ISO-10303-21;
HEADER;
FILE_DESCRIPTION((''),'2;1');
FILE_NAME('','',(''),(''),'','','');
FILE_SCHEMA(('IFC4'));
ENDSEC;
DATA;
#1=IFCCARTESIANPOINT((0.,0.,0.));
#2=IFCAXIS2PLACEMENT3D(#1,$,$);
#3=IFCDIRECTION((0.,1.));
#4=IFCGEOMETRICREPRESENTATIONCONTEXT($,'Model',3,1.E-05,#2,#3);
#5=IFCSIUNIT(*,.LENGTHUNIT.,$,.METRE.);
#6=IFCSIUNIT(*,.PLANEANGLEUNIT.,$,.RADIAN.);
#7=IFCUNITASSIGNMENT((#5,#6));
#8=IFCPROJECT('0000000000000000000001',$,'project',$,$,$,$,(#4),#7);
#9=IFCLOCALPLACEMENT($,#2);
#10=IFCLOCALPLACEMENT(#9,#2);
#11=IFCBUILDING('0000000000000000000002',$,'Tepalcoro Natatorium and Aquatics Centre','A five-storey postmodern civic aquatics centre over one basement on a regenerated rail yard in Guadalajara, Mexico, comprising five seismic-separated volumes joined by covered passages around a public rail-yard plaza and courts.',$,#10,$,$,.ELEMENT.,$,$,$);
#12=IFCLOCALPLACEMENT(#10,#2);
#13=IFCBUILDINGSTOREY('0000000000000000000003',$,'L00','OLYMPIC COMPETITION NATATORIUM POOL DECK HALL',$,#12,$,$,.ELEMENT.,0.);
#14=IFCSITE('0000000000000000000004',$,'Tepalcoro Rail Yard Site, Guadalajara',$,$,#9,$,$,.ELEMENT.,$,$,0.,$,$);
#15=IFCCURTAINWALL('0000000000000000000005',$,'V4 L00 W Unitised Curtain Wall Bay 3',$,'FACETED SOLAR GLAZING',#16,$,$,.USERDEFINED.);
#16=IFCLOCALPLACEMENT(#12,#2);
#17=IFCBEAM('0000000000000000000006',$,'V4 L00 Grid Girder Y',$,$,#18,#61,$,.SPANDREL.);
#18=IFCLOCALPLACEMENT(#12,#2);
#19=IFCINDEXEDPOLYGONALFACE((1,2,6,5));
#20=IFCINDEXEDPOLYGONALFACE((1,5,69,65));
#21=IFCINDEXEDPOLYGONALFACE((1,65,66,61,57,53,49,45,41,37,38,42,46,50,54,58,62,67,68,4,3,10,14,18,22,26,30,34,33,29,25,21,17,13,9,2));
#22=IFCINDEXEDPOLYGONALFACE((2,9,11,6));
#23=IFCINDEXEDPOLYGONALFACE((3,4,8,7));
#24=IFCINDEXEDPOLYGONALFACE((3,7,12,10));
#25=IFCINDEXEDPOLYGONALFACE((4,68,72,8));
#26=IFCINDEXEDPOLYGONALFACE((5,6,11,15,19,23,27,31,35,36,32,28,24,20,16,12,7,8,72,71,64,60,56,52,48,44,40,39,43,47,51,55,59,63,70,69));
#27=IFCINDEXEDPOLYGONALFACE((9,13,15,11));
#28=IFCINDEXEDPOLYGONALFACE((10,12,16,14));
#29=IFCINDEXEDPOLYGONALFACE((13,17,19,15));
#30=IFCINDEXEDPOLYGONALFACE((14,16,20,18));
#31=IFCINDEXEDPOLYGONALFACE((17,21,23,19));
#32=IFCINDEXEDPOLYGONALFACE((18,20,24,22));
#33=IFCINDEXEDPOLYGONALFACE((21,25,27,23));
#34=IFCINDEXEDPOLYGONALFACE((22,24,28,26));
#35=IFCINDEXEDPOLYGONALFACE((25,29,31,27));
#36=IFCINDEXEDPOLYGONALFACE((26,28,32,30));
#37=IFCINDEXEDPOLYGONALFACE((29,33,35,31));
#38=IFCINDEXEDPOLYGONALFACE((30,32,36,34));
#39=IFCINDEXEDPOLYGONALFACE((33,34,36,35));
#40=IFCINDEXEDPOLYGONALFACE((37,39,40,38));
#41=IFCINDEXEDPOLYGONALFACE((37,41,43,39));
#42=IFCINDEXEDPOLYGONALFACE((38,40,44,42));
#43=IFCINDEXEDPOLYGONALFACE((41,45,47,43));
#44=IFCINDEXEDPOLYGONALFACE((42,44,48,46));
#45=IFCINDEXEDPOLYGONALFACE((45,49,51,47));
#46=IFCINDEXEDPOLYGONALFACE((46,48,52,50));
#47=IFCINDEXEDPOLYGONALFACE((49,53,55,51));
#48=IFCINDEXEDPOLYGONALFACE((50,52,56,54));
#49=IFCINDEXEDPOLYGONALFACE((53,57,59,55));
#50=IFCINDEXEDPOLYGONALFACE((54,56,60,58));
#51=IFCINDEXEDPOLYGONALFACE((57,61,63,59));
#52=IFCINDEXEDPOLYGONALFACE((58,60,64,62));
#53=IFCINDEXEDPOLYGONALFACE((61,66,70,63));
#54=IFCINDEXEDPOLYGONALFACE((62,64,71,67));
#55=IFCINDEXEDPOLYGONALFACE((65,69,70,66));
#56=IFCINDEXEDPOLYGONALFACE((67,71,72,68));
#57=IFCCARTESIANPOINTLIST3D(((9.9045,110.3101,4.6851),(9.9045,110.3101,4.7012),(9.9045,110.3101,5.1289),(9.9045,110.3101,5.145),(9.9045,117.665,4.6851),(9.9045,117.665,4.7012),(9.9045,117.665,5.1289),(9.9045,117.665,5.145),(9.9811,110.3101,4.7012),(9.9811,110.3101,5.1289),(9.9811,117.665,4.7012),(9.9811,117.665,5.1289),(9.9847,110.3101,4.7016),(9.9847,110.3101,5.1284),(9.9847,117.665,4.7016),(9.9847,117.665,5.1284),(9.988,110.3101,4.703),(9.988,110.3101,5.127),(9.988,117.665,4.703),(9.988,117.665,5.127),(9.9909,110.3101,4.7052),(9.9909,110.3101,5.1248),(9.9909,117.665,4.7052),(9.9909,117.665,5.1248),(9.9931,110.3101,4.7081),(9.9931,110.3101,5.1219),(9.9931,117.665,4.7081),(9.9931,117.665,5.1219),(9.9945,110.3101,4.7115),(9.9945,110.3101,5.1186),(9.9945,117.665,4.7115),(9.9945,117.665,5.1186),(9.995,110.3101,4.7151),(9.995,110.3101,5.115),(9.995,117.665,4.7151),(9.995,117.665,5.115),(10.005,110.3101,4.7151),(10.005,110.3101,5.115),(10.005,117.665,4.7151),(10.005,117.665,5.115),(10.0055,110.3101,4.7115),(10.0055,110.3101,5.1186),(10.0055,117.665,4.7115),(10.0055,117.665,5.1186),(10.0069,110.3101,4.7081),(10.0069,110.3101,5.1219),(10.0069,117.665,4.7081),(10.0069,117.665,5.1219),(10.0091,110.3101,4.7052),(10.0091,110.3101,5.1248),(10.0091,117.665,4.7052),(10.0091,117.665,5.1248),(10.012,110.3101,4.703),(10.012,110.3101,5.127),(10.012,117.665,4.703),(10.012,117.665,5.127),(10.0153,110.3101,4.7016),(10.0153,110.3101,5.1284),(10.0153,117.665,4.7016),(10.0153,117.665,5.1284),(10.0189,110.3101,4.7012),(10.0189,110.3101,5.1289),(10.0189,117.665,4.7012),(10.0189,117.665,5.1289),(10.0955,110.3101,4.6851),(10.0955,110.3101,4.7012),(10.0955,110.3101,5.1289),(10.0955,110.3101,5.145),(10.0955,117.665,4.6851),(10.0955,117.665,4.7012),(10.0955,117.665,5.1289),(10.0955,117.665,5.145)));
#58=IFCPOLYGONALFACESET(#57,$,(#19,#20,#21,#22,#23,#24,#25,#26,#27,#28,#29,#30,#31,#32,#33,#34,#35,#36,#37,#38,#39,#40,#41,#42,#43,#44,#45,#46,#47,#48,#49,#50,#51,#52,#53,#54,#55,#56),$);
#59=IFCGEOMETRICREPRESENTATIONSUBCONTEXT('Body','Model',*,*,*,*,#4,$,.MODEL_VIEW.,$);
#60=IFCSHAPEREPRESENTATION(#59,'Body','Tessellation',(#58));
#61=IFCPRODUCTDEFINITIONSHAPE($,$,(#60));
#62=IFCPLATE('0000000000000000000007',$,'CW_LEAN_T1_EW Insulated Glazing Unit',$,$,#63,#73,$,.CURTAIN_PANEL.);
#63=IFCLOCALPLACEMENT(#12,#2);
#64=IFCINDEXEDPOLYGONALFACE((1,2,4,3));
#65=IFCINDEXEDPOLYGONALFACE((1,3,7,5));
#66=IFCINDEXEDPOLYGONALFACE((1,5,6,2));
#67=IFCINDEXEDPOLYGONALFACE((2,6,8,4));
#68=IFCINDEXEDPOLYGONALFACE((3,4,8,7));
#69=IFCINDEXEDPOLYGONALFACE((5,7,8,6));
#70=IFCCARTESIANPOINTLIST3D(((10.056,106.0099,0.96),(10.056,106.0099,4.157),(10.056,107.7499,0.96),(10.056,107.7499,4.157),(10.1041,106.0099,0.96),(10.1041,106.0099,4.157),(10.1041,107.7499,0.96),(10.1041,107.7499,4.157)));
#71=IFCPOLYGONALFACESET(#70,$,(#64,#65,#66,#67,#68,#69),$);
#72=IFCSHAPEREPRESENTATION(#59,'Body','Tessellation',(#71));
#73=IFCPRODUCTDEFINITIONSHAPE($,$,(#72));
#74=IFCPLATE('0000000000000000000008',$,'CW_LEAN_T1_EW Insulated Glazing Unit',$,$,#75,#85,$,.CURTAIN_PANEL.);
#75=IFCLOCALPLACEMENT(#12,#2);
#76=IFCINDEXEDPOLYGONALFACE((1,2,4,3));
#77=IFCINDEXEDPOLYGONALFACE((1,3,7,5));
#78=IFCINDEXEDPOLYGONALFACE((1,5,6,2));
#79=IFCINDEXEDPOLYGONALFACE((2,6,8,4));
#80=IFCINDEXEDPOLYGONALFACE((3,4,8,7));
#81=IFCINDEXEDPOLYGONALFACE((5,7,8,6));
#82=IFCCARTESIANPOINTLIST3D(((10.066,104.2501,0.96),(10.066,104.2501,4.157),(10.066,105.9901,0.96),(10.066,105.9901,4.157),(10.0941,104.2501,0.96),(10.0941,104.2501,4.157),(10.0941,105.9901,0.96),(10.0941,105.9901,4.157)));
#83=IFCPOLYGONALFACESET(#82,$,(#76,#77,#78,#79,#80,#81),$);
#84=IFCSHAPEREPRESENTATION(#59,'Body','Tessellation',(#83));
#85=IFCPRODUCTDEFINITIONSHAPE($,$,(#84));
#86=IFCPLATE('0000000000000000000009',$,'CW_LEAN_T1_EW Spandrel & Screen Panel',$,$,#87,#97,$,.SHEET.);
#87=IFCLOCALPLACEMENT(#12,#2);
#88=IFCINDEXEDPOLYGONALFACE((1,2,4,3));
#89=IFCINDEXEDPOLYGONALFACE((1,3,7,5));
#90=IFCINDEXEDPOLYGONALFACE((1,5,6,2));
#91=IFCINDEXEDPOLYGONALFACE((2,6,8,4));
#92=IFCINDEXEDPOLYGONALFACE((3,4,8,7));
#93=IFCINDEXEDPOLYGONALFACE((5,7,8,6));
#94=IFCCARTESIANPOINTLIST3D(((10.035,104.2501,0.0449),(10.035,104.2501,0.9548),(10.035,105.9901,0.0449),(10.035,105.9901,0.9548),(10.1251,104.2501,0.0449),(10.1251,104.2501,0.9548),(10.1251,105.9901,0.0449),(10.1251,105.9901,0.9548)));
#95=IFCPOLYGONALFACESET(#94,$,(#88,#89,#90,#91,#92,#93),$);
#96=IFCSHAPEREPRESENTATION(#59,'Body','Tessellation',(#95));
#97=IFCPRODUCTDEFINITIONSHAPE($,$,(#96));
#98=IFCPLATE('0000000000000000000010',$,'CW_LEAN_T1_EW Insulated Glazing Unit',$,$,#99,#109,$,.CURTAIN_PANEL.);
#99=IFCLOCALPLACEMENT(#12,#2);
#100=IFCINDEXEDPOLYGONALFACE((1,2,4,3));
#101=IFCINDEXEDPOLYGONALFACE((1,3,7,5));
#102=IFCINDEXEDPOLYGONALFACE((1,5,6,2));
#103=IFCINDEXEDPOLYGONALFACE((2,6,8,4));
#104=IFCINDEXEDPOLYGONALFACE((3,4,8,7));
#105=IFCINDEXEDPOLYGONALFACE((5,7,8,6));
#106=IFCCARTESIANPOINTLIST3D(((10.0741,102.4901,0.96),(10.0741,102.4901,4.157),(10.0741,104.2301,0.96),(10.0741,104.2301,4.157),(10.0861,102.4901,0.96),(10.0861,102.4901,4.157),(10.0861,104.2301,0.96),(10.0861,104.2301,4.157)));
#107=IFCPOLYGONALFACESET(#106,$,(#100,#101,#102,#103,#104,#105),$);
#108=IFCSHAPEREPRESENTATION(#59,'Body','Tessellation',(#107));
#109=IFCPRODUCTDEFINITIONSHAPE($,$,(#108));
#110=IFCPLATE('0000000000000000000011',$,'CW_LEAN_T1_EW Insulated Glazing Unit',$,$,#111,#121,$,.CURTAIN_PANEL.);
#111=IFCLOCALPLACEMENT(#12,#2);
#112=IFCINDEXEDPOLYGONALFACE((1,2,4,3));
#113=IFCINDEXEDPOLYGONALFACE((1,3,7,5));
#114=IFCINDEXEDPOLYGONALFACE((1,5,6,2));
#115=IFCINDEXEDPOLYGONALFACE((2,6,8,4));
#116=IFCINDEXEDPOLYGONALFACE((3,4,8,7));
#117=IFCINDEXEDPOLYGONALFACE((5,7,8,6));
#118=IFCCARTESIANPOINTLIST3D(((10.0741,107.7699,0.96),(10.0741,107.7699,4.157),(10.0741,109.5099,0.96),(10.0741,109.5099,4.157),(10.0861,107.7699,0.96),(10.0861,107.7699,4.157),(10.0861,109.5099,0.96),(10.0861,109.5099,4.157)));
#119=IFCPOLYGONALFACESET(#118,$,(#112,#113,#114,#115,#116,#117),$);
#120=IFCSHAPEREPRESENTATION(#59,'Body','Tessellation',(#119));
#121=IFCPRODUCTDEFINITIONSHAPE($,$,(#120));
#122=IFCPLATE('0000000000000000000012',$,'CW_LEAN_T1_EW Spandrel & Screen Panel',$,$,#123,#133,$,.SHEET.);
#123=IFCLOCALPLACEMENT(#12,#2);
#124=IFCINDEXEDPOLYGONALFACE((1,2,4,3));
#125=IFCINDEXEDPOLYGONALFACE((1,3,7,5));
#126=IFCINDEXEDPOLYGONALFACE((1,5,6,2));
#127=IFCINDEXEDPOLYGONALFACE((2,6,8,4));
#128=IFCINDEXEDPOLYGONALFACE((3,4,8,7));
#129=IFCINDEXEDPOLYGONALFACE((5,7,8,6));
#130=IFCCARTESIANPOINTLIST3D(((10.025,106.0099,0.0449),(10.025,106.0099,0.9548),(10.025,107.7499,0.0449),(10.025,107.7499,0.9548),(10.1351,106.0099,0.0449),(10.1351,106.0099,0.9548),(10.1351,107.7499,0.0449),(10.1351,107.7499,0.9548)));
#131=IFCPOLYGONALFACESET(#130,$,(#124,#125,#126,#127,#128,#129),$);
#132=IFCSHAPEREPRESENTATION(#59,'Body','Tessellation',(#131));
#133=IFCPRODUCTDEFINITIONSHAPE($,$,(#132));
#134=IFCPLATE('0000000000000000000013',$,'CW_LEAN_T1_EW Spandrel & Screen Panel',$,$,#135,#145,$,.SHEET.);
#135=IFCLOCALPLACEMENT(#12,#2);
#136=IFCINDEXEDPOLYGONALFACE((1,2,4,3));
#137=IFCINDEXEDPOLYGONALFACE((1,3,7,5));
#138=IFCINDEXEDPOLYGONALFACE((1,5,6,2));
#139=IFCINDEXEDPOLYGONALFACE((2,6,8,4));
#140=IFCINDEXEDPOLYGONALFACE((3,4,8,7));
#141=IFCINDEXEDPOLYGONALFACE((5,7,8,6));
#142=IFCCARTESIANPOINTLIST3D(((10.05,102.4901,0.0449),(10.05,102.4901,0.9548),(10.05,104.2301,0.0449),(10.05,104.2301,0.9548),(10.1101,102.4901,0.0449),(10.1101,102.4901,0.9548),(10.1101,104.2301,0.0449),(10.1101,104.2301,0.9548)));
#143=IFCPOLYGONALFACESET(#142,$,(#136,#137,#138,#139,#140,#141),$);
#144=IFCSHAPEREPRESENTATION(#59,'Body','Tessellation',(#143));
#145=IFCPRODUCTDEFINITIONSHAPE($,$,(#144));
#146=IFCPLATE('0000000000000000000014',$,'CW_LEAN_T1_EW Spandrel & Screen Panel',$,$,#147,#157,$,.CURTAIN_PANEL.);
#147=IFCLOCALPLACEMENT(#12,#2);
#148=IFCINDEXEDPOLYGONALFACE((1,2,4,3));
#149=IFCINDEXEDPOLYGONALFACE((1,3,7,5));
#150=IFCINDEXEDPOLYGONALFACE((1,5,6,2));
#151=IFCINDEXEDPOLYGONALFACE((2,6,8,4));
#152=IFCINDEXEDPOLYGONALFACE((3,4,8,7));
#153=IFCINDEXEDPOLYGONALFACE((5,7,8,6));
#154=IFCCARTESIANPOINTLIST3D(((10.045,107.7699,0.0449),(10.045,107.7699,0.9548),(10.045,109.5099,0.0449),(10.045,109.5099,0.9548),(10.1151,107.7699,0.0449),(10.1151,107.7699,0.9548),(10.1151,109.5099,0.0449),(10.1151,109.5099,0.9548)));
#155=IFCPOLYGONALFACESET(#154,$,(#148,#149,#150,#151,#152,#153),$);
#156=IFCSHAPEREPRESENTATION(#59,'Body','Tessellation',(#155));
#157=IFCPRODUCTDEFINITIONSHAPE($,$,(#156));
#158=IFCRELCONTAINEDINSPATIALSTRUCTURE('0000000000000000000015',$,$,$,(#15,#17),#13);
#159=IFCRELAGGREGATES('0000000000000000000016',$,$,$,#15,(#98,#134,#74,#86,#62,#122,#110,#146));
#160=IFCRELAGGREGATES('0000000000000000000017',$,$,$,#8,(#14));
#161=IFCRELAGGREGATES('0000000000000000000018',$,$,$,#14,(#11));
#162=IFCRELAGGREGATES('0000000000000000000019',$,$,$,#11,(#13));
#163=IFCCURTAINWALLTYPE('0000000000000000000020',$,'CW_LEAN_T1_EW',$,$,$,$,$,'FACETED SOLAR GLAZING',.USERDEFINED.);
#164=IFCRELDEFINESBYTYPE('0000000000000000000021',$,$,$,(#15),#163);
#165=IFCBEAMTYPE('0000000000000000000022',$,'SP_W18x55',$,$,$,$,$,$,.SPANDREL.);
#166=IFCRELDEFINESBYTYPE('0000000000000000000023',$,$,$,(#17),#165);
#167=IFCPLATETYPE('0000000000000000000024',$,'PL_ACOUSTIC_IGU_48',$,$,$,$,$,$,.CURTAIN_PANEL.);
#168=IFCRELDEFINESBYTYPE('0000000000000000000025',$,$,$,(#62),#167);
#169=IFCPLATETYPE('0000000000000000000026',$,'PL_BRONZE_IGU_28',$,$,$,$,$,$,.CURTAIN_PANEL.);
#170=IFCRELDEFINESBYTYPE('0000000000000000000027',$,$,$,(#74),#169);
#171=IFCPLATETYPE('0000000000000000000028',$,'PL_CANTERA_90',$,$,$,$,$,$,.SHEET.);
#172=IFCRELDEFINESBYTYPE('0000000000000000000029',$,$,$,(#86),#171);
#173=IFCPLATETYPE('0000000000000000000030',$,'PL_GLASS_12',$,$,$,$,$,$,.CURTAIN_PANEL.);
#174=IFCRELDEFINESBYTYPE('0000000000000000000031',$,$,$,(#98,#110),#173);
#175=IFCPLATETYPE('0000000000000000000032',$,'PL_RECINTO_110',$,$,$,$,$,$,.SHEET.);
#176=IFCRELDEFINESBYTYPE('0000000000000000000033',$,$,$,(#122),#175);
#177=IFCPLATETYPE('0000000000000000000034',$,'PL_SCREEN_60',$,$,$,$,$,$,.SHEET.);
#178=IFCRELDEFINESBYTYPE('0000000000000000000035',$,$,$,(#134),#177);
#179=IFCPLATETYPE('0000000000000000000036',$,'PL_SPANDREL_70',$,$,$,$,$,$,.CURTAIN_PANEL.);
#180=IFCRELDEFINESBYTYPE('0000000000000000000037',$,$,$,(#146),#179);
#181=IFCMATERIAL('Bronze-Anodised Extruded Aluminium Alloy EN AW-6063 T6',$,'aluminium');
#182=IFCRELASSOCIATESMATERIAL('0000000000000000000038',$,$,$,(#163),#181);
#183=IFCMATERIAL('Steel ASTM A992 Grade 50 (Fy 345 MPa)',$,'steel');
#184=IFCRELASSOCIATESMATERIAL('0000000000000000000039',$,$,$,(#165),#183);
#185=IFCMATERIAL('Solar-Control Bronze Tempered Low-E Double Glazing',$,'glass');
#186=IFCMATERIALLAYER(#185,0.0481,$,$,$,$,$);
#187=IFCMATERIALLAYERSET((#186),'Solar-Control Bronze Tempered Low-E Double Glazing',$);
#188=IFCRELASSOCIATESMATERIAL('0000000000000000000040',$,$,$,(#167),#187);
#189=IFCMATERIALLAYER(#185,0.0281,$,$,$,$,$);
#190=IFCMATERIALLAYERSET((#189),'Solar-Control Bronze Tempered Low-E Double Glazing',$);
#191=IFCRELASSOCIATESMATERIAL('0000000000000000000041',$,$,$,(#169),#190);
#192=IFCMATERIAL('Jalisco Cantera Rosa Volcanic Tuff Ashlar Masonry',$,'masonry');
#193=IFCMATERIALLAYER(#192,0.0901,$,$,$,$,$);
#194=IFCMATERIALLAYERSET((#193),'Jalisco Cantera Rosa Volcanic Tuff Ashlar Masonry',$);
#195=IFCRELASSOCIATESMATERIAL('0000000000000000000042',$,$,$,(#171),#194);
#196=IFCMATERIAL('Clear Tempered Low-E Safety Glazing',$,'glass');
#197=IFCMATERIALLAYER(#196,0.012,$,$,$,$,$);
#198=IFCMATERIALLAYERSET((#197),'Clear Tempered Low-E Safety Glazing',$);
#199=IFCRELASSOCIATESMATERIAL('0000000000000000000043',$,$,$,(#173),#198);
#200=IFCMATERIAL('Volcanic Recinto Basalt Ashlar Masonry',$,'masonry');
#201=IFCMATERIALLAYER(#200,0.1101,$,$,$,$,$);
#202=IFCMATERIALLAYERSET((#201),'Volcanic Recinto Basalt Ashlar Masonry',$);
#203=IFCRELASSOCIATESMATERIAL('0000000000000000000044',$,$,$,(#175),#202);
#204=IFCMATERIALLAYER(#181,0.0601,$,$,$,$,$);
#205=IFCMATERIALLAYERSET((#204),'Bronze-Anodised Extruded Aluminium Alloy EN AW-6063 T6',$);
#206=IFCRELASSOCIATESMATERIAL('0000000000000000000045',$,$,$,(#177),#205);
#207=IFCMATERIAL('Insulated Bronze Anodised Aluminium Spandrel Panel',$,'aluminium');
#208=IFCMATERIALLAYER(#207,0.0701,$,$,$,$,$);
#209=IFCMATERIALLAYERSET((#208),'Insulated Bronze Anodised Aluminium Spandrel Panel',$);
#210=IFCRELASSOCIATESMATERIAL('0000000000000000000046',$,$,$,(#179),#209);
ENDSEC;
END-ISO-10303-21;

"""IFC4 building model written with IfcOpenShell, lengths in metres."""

from ifc_helpers import new_model, si_unit, direction, frame, origin, origin_2d, place, context, subcontext, project, spatial, rectangle, i_section, extrude, material, layer, layer_set, material_profile, profile_set, type_object, element, aggregate, save


model = new_model("IFC4")

# Units and contexts
model_context = context("Model", 3, precision=1e-05, world=origin(), true_north=direction((0.0, 1.0)))
body_context = subcontext(model_context, "Body", "Model", "MODEL_VIEW")
ifc_project = project(units=[si_unit("LENGTHUNIT", "METRE"), si_unit("PLANEANGLEUNIT", "RADIAN")], contexts=[model_context])

# Site, building, storey
site_placement = place(None, origin())
site = spatial("IfcSite", under=ifc_project, at=site_placement, Name="Tepalcoro Rail Yard Site, Guadalajara", CompositionType="ELEMENT", RefElevation=0.0)
building_placement = place(site_placement, origin())
building = spatial("IfcBuilding", under=site, at=building_placement, Name="Tepalcoro Natatorium and Aquatics Centre", Description="A five-storey postmodern civic aquatics centre over one basement on a regenerated rail yard in Guadalajara, Mexico, comprising five seismic-separated volumes joined by covered passages around a public rail-yard plaza and courts.", CompositionType="ELEMENT")
storey_placement = place(building_placement, origin())
storey = spatial("IfcBuildingStorey", under=building, at=storey_placement, Name="L00", Description="OLYMPIC COMPETITION NATATORIUM POOL DECK HALL", CompositionType="ELEMENT", Elevation=0.0)

# Shared definitions
ifc_material_1 = material(Name="Steel ASTM A992 Grade 50 (Fy 345 MPa)", Category="steel")

# Curtain wall
ifc_material_2 = material(Name="Bronze-Anodised Extruded Aluminium Alloy EN AW-6063 T6", Category="aluminium")
curtain_wall_type = type_object("IfcCurtainWallType", Name="CW_LEAN_T1_EW", ElementType="FACETED SOLAR GLAZING", PredefinedType="USERDEFINED", material=ifc_material_2)
curtain_wall_placement = place(storey_placement, origin())
curtain_wall = element("IfcCurtainWall", 1, at=curtain_wall_placement, inside=storey, type_object=curtain_wall_type, Name="V4 L00 W Unitised Curtain Wall Bay 3", ObjectType="FACETED SOLAR GLAZING", PredefinedType="USERDEFINED")

# Beam
ifc_material_profile_1 = material_profile(ifc_material_1, i_section(OverallWidth=0.1909, OverallDepth=0.46, WebThickness=0.01, FlangeThickness=0.0161, FilletRadius=0.0139, at=origin_2d()), Name="W18X55")
ifc_profile_set_1 = profile_set([ifc_material_profile_1], Name="Steel ASTM A992 Grade 50 (Fy 345 MPa)")
beam_type_1 = type_object("IfcBeamType", Name="SP_W18x55", PredefinedType="SPANDREL", material=ifc_profile_set_1)
beam_1_placement = place(storey_placement, frame((10.0, 110.3101, 4.915), z_axis=(0.0, 1.0, 0.0), x_axis=(-1.0, 0.0, 0.0)))
element("IfcBeam", 2, at=beam_1_placement, inside=storey, type_object=beam_type_1, Name="V4 L00 Grid Girder Y", PredefinedType="SPANDREL", context=body_context, shape_type="SweptSolid", body=[
    extrude(i_section(OverallWidth=0.1909, OverallDepth=0.46, WebThickness=0.01, FlangeThickness=0.0161, FilletRadius=0.0139, at=origin_2d()), origin(), (0.0, 0.0, 1.0), 7.355),
])

# Plates
ifc_material_3 = material(Name="Solar-Control Bronze Tempered Low-E Double Glazing", Category="glass")
ifc_layer_1 = layer(ifc_material_3, 0.0481)
ifc_layer_set_1 = layer_set([ifc_layer_1], Name="Solar-Control Bronze Tempered Low-E Double Glazing")
plate_type_1 = type_object("IfcPlateType", Name="PL_ACOUSTIC_IGU_48", PredefinedType="CURTAIN_PANEL", material=ifc_layer_set_1)
plate_1_placement = place(storey_placement, frame((10.0801, 106.8799, 0.96), z_axis=(0.0, 0.0, 1.0), x_axis=(1.0, 0.0, 0.0)))
plate_1 = element("IfcPlate", 3, at=plate_1_placement, type_object=plate_type_1, Name="CW_LEAN_T1_EW Insulated Glazing Unit", PredefinedType="CURTAIN_PANEL", context=body_context, shape_type="SweptSolid", body=[
    extrude(rectangle(XDim=0.0481, YDim=1.74, at=origin_2d()), origin(), (0.0, 0.0, 1.0), 3.197),
])
ifc_layer_2 = layer(ifc_material_3, 0.0281)
ifc_layer_set_2 = layer_set([ifc_layer_2], Name="Solar-Control Bronze Tempered Low-E Double Glazing")
plate_type_2 = type_object("IfcPlateType", Name="PL_BRONZE_IGU_28", PredefinedType="CURTAIN_PANEL", material=ifc_layer_set_2)
plate_2_placement = place(storey_placement, frame((10.0801, 105.1201, 0.96), z_axis=(0.0, 0.0, 1.0), x_axis=(1.0, 0.0, 0.0)))
plate_2 = element("IfcPlate", 4, at=plate_2_placement, type_object=plate_type_2, Name="CW_LEAN_T1_EW Insulated Glazing Unit", PredefinedType="CURTAIN_PANEL", context=body_context, shape_type="SweptSolid", body=[
    extrude(rectangle(XDim=0.0281, YDim=1.74, at=origin_2d()), origin(), (0.0, 0.0, 1.0), 3.197),
])
ifc_material_4 = material(Name="Jalisco Cantera Rosa Volcanic Tuff Ashlar Masonry", Category="masonry")
ifc_layer_3 = layer(ifc_material_4, 0.0901)
ifc_layer_set_3 = layer_set([ifc_layer_3], Name="Jalisco Cantera Rosa Volcanic Tuff Ashlar Masonry")
plate_type_3 = type_object("IfcPlateType", Name="PL_CANTERA_90", PredefinedType="SHEET", material=ifc_layer_set_3)
plate_3_placement = place(storey_placement, frame((10.0801, 105.1201, 0.0449), z_axis=(0.0, 0.0, 1.0), x_axis=(1.0, 0.0, 0.0)))
plate_3 = element("IfcPlate", 5, at=plate_3_placement, type_object=plate_type_3, Name="CW_LEAN_T1_EW Spandrel & Screen Panel", PredefinedType="SHEET", context=body_context, shape_type="SweptSolid", body=[
    extrude(rectangle(XDim=0.0901, YDim=1.74, at=origin_2d()), origin(), (0.0, 0.0, 1.0), 0.9099),
])
ifc_material_5 = material(Name="Clear Tempered Low-E Safety Glazing", Category="glass")
ifc_layer_4 = layer(ifc_material_5, 0.012)
ifc_layer_set_4 = layer_set([ifc_layer_4], Name="Clear Tempered Low-E Safety Glazing")
plate_type_4 = type_object("IfcPlateType", Name="PL_GLASS_12", PredefinedType="CURTAIN_PANEL", material=ifc_layer_set_4)
plate_4_placement = place(storey_placement, frame((10.0801, 103.3601, 0.96), z_axis=(0.0, 0.0, 1.0), x_axis=(1.0, 0.0, 0.0)))
plate_4 = element("IfcPlate", 6, at=plate_4_placement, type_object=plate_type_4, Name="CW_LEAN_T1_EW Insulated Glazing Unit", PredefinedType="CURTAIN_PANEL", context=body_context, shape_type="SweptSolid", body=[
    extrude(rectangle(XDim=0.012, YDim=1.74, at=origin_2d()), origin(), (0.0, 0.0, 1.0), 3.197),
])
plate_5_placement = place(storey_placement, frame((10.0801, 108.6399, 0.96), z_axis=(0.0, 0.0, 1.0), x_axis=(1.0, 0.0, 0.0)))
plate_5 = element("IfcPlate", 7, at=plate_5_placement, type_object=plate_type_4, Name="CW_LEAN_T1_EW Insulated Glazing Unit", PredefinedType="CURTAIN_PANEL", context=body_context, shape_type="SweptSolid", body=[
    extrude(rectangle(XDim=0.012, YDim=1.74, at=origin_2d()), origin(), (0.0, 0.0, 1.0), 3.197),
])
ifc_material_6 = material(Name="Volcanic Recinto Basalt Ashlar Masonry", Category="masonry")
ifc_layer_5 = layer(ifc_material_6, 0.1101)
ifc_layer_set_5 = layer_set([ifc_layer_5], Name="Volcanic Recinto Basalt Ashlar Masonry")
plate_type_5 = type_object("IfcPlateType", Name="PL_RECINTO_110", PredefinedType="SHEET", material=ifc_layer_set_5)
plate_6_placement = place(storey_placement, frame((10.0801, 106.8799, 0.0449), z_axis=(0.0, 0.0, 1.0), x_axis=(1.0, 0.0, 0.0)))
plate_6 = element("IfcPlate", 8, at=plate_6_placement, type_object=plate_type_5, Name="CW_LEAN_T1_EW Spandrel & Screen Panel", PredefinedType="SHEET", context=body_context, shape_type="SweptSolid", body=[
    extrude(rectangle(XDim=0.1101, YDim=1.74, at=origin_2d()), origin(), (0.0, 0.0, 1.0), 0.9099),
])
ifc_layer_6 = layer(ifc_material_2, 0.0601)
ifc_layer_set_6 = layer_set([ifc_layer_6], Name="Bronze-Anodised Extruded Aluminium Alloy EN AW-6063 T6")
plate_type_6 = type_object("IfcPlateType", Name="PL_SCREEN_60", PredefinedType="SHEET", material=ifc_layer_set_6)
plate_7_placement = place(storey_placement, frame((10.0801, 103.3601, 0.0449), z_axis=(0.0, 0.0, 1.0), x_axis=(1.0, 0.0, 0.0)))
plate_7 = element("IfcPlate", 9, at=plate_7_placement, type_object=plate_type_6, Name="CW_LEAN_T1_EW Spandrel & Screen Panel", PredefinedType="SHEET", context=body_context, shape_type="SweptSolid", body=[
    extrude(rectangle(XDim=0.0601, YDim=1.74, at=origin_2d()), origin(), (0.0, 0.0, 1.0), 0.9099),
])
ifc_material_7 = material(Name="Insulated Bronze Anodised Aluminium Spandrel Panel", Category="aluminium")
ifc_layer_7 = layer(ifc_material_7, 0.0701)
ifc_layer_set_7 = layer_set([ifc_layer_7], Name="Insulated Bronze Anodised Aluminium Spandrel Panel")
plate_type_7 = type_object("IfcPlateType", Name="PL_SPANDREL_70", PredefinedType="CURTAIN_PANEL", material=ifc_layer_set_7)
plate_8_placement = place(storey_placement, frame((10.0801, 108.6399, 0.0449), z_axis=(0.0, 0.0, 1.0), x_axis=(1.0, 0.0, 0.0)))
plate_8 = element("IfcPlate", 10, at=plate_8_placement, type_object=plate_type_7, Name="CW_LEAN_T1_EW Spandrel & Screen Panel", PredefinedType="CURTAIN_PANEL", context=body_context, shape_type="SweptSolid", body=[
    extrude(rectangle(XDim=0.0701, YDim=1.74, at=origin_2d()), origin(), (0.0, 0.0, 1.0), 0.9099),
])
aggregate(curtain_wall, [plate_4, plate_7, plate_2, plate_3, plate_1, plate_6, plate_5, plate_8])

save(model, "model.ifc")
